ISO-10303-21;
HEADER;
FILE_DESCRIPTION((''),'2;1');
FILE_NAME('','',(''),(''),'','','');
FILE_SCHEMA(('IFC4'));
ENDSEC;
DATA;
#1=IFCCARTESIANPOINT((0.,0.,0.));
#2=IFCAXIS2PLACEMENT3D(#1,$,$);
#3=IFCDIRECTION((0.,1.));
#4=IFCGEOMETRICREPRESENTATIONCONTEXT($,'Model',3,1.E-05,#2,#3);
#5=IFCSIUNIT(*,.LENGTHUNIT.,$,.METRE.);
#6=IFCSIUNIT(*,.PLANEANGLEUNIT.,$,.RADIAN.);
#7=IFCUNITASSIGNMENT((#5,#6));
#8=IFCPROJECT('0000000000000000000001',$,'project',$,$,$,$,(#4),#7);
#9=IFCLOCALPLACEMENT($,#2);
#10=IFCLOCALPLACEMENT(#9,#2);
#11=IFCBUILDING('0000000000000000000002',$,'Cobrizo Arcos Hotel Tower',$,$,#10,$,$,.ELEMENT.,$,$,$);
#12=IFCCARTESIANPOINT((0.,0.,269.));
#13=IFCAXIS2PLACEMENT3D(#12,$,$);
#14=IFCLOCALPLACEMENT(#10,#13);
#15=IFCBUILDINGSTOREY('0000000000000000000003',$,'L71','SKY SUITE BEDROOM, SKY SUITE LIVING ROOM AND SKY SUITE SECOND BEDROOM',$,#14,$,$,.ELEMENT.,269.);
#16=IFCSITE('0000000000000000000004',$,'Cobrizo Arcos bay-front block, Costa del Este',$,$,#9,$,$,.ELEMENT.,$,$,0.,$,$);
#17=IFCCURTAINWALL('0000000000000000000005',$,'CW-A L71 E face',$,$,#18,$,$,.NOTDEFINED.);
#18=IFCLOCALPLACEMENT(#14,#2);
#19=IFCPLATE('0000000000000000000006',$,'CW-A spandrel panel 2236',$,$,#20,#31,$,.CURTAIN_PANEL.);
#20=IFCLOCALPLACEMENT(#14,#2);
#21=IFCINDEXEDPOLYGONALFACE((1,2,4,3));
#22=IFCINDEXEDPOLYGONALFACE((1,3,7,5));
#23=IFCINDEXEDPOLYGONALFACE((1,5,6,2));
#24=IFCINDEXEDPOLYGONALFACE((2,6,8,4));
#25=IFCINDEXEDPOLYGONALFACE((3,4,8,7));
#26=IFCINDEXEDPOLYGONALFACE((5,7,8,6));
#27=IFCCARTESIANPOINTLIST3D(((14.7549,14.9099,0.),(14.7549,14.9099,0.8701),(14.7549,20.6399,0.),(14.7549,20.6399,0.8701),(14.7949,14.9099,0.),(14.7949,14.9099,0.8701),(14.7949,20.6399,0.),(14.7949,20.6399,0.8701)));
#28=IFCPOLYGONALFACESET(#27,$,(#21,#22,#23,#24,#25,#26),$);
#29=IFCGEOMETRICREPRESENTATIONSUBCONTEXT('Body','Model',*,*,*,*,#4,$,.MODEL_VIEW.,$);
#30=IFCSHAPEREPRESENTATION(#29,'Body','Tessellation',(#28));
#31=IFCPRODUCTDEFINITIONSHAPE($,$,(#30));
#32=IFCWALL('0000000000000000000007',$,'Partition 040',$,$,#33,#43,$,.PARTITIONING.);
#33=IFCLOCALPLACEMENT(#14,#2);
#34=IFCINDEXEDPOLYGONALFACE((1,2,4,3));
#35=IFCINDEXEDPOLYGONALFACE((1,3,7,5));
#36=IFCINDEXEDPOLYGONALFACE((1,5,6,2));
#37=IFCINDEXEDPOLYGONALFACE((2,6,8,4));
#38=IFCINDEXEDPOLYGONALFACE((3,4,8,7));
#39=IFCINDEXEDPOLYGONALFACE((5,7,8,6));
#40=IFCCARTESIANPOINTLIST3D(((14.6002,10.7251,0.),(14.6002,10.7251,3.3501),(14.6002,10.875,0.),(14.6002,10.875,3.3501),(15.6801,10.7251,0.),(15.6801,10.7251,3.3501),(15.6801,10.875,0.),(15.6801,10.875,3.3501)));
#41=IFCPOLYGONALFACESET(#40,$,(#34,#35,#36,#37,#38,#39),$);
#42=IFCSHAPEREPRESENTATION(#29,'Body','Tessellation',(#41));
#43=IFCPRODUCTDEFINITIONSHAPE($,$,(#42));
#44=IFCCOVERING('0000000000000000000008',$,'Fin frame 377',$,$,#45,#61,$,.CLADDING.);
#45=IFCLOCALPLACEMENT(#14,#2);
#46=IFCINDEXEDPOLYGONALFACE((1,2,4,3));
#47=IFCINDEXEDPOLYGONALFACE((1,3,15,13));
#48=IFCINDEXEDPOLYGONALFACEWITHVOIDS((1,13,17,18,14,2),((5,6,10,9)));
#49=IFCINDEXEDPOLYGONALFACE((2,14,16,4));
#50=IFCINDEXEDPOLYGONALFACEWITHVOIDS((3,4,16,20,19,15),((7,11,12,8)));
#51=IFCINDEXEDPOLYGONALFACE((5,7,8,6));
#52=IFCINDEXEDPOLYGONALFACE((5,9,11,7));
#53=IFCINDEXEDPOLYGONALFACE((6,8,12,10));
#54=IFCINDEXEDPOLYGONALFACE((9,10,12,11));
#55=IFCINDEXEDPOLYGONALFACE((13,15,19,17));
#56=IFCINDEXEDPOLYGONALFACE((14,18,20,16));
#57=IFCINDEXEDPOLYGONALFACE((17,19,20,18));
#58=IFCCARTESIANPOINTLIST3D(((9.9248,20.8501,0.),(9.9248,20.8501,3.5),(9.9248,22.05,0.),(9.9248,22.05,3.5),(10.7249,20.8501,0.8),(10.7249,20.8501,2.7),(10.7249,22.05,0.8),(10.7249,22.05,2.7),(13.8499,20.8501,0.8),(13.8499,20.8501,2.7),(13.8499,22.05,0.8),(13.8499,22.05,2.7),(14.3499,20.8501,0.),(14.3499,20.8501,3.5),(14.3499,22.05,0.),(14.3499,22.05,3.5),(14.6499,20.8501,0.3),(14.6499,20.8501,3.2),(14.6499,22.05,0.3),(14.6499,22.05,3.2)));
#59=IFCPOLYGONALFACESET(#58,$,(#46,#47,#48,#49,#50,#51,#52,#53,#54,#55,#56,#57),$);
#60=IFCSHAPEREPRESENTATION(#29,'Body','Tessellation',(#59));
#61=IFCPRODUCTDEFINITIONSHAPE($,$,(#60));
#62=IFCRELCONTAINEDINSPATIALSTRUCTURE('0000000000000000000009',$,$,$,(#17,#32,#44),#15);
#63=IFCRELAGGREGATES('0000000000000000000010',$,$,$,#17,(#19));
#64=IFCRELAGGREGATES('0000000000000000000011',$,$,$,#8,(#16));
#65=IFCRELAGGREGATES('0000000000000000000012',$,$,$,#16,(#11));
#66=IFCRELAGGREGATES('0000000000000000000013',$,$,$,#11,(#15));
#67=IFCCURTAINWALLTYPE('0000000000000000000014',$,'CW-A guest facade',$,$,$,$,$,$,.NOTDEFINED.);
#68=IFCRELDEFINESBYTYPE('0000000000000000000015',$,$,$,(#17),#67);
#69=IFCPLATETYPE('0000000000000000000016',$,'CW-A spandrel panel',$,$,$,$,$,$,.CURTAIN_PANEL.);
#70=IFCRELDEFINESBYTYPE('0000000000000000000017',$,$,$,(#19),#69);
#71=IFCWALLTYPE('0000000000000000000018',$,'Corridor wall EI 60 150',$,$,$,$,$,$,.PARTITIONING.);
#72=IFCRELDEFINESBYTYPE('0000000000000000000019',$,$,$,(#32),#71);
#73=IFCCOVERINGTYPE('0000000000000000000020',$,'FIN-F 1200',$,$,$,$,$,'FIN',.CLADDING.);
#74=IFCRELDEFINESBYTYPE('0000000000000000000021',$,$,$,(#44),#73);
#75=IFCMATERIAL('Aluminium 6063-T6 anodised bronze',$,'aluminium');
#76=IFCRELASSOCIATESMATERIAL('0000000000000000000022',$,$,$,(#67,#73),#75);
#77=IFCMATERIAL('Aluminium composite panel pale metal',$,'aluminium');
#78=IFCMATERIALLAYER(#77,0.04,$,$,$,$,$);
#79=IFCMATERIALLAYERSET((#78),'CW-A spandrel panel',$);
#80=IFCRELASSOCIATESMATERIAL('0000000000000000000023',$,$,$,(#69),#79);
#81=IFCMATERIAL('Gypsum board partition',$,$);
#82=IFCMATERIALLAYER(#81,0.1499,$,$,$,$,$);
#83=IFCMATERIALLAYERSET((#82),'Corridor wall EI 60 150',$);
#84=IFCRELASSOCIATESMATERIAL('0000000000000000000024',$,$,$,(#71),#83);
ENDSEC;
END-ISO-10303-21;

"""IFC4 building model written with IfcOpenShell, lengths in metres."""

from ifc_helpers import new_model, si_unit, direction, frame, frame_2d, origin, origin_2d, place, context, subcontext, project, spatial, polyline, rectangle, outline, extrude, material, layer, layer_set, type_object, element, aggregate, save


model = new_model("IFC4")

# Units and contexts
model_context = context("Model", 3, precision=1e-05, world=origin(), true_north=direction((0.0, 1.0)))
body_context = subcontext(model_context, "Body", "Model", "MODEL_VIEW")
ifc_project = project(units=[si_unit("LENGTHUNIT", "METRE"), si_unit("PLANEANGLEUNIT", "RADIAN")], contexts=[model_context])

# Site, building, storey
site_placement = place(None, origin())
site = spatial("IfcSite", under=ifc_project, at=site_placement, Name="Cobrizo Arcos bay-front block, Costa del Este", CompositionType="ELEMENT", RefElevation=0.0)
building_placement = place(site_placement, origin())
building = spatial("IfcBuilding", under=site, at=building_placement, Name="Cobrizo Arcos Hotel Tower", CompositionType="ELEMENT")
storey_placement = place(building_placement, frame((0.0, 0.0, 269.0)))
storey = spatial("IfcBuildingStorey", under=building, at=storey_placement, Name="L71", Description="SKY SUITE BEDROOM, SKY SUITE LIVING ROOM AND SKY SUITE SECOND BEDROOM", CompositionType="ELEMENT", Elevation=269.0)

# Shared definitions
ifc_material_1 = material(Name="Aluminium 6063-T6 anodised bronze", Category="aluminium")
curtain_wall_type = type_object("IfcCurtainWallType", Name="CW-A guest facade", PredefinedType="NOTDEFINED", material=ifc_material_1)

# Curtain wall
curtain_wall_1_placement = place(storey_placement, origin())
curtain_wall_1 = element("IfcCurtainWall", 1, at=curtain_wall_1_placement, inside=storey, type_object=curtain_wall_type, Name="CW-A L71 E face", PredefinedType="NOTDEFINED")

# Plate
ifc_material_2 = material(Name="Aluminium composite panel pale metal", Category="aluminium")
ifc_layer_1 = layer(ifc_material_2, 0.04)
ifc_layer_set_1 = layer_set([ifc_layer_1], Name="CW-A spandrel panel")
plate_type_1 = type_object("IfcPlateType", Name="CW-A spandrel panel", PredefinedType="CURTAIN_PANEL", material=ifc_layer_set_1)
plate_1_placement = place(storey_placement, frame((14.7749, 17.7749, 0.0), z_axis=(0.0, 0.0, 1.0), x_axis=(0.0, 1.0, 0.0)))
plate_1 = element("IfcPlate", 2, at=plate_1_placement, type_object=plate_type_1, Name="CW-A spandrel panel 2236", PredefinedType="CURTAIN_PANEL", context=body_context, shape_type="SweptSolid", body=[
    extrude(rectangle(XDim=5.73, YDim=0.04, at=origin_2d()), origin(), (0.0, 0.0, 1.0), 0.8701),
])
aggregate(curtain_wall_1, [plate_1])

# Wall
ifc_material_3 = material(Name="Gypsum board partition")
ifc_layer_2 = layer(ifc_material_3, 0.1499)
ifc_layer_set_2 = layer_set([ifc_layer_2], Name="Corridor wall EI 60 150")
wall_type = type_object("IfcWallType", Name="Corridor wall EI 60 150", PredefinedType="PARTITIONING", material=ifc_layer_set_2)
wall_placement = place(storey_placement, frame((14.6001, 10.8, 0.0), z_axis=(0.0, 0.0, 1.0), x_axis=(1.0, 0.0, 0.0)))
element("IfcWall", 3, at=wall_placement, inside=storey, type_object=wall_type, Name="Partition 040", PredefinedType="PARTITIONING", context=body_context, shape_type="SweptSolid", body=[
    extrude(rectangle(XDim=1.0798, YDim=0.1499, at=frame_2d((0.54, 0.0))), origin(), (0.0, 0.0, 1.0), 3.3501),
])

# Covering
covering_type = type_object("IfcCoveringType", Name="FIN-F 1200", ElementType="FIN", PredefinedType="CLADDING", material=ifc_material_1)
covering_placement = place(storey_placement, frame((14.6499, 20.8501, 0.0), z_axis=(0.0, 1.0, 0.0), x_axis=(-1.0, 0.0, 0.0)))
element("IfcCovering", 4, at=covering_placement, inside=storey, type_object=covering_type, Name="Fin frame 377", PredefinedType="CLADDING", context=body_context, shape_type="SweptSolid", body=[
    extrude(outline(polyline([(0.0, 0.3), (0.3, 0.0), (4.7251, 0.0), (4.7251, 3.5), (0.3, 3.5), (0.0, 3.2), (0.0, 0.3)]), holes=[polyline([(3.925, 0.8), (0.8, 0.8), (0.8, 2.7), (3.925, 2.7), (3.925, 0.8)])]), origin(), (0.0, 0.0, 1.0), 1.2),
])

save(model, "model.ifc")
